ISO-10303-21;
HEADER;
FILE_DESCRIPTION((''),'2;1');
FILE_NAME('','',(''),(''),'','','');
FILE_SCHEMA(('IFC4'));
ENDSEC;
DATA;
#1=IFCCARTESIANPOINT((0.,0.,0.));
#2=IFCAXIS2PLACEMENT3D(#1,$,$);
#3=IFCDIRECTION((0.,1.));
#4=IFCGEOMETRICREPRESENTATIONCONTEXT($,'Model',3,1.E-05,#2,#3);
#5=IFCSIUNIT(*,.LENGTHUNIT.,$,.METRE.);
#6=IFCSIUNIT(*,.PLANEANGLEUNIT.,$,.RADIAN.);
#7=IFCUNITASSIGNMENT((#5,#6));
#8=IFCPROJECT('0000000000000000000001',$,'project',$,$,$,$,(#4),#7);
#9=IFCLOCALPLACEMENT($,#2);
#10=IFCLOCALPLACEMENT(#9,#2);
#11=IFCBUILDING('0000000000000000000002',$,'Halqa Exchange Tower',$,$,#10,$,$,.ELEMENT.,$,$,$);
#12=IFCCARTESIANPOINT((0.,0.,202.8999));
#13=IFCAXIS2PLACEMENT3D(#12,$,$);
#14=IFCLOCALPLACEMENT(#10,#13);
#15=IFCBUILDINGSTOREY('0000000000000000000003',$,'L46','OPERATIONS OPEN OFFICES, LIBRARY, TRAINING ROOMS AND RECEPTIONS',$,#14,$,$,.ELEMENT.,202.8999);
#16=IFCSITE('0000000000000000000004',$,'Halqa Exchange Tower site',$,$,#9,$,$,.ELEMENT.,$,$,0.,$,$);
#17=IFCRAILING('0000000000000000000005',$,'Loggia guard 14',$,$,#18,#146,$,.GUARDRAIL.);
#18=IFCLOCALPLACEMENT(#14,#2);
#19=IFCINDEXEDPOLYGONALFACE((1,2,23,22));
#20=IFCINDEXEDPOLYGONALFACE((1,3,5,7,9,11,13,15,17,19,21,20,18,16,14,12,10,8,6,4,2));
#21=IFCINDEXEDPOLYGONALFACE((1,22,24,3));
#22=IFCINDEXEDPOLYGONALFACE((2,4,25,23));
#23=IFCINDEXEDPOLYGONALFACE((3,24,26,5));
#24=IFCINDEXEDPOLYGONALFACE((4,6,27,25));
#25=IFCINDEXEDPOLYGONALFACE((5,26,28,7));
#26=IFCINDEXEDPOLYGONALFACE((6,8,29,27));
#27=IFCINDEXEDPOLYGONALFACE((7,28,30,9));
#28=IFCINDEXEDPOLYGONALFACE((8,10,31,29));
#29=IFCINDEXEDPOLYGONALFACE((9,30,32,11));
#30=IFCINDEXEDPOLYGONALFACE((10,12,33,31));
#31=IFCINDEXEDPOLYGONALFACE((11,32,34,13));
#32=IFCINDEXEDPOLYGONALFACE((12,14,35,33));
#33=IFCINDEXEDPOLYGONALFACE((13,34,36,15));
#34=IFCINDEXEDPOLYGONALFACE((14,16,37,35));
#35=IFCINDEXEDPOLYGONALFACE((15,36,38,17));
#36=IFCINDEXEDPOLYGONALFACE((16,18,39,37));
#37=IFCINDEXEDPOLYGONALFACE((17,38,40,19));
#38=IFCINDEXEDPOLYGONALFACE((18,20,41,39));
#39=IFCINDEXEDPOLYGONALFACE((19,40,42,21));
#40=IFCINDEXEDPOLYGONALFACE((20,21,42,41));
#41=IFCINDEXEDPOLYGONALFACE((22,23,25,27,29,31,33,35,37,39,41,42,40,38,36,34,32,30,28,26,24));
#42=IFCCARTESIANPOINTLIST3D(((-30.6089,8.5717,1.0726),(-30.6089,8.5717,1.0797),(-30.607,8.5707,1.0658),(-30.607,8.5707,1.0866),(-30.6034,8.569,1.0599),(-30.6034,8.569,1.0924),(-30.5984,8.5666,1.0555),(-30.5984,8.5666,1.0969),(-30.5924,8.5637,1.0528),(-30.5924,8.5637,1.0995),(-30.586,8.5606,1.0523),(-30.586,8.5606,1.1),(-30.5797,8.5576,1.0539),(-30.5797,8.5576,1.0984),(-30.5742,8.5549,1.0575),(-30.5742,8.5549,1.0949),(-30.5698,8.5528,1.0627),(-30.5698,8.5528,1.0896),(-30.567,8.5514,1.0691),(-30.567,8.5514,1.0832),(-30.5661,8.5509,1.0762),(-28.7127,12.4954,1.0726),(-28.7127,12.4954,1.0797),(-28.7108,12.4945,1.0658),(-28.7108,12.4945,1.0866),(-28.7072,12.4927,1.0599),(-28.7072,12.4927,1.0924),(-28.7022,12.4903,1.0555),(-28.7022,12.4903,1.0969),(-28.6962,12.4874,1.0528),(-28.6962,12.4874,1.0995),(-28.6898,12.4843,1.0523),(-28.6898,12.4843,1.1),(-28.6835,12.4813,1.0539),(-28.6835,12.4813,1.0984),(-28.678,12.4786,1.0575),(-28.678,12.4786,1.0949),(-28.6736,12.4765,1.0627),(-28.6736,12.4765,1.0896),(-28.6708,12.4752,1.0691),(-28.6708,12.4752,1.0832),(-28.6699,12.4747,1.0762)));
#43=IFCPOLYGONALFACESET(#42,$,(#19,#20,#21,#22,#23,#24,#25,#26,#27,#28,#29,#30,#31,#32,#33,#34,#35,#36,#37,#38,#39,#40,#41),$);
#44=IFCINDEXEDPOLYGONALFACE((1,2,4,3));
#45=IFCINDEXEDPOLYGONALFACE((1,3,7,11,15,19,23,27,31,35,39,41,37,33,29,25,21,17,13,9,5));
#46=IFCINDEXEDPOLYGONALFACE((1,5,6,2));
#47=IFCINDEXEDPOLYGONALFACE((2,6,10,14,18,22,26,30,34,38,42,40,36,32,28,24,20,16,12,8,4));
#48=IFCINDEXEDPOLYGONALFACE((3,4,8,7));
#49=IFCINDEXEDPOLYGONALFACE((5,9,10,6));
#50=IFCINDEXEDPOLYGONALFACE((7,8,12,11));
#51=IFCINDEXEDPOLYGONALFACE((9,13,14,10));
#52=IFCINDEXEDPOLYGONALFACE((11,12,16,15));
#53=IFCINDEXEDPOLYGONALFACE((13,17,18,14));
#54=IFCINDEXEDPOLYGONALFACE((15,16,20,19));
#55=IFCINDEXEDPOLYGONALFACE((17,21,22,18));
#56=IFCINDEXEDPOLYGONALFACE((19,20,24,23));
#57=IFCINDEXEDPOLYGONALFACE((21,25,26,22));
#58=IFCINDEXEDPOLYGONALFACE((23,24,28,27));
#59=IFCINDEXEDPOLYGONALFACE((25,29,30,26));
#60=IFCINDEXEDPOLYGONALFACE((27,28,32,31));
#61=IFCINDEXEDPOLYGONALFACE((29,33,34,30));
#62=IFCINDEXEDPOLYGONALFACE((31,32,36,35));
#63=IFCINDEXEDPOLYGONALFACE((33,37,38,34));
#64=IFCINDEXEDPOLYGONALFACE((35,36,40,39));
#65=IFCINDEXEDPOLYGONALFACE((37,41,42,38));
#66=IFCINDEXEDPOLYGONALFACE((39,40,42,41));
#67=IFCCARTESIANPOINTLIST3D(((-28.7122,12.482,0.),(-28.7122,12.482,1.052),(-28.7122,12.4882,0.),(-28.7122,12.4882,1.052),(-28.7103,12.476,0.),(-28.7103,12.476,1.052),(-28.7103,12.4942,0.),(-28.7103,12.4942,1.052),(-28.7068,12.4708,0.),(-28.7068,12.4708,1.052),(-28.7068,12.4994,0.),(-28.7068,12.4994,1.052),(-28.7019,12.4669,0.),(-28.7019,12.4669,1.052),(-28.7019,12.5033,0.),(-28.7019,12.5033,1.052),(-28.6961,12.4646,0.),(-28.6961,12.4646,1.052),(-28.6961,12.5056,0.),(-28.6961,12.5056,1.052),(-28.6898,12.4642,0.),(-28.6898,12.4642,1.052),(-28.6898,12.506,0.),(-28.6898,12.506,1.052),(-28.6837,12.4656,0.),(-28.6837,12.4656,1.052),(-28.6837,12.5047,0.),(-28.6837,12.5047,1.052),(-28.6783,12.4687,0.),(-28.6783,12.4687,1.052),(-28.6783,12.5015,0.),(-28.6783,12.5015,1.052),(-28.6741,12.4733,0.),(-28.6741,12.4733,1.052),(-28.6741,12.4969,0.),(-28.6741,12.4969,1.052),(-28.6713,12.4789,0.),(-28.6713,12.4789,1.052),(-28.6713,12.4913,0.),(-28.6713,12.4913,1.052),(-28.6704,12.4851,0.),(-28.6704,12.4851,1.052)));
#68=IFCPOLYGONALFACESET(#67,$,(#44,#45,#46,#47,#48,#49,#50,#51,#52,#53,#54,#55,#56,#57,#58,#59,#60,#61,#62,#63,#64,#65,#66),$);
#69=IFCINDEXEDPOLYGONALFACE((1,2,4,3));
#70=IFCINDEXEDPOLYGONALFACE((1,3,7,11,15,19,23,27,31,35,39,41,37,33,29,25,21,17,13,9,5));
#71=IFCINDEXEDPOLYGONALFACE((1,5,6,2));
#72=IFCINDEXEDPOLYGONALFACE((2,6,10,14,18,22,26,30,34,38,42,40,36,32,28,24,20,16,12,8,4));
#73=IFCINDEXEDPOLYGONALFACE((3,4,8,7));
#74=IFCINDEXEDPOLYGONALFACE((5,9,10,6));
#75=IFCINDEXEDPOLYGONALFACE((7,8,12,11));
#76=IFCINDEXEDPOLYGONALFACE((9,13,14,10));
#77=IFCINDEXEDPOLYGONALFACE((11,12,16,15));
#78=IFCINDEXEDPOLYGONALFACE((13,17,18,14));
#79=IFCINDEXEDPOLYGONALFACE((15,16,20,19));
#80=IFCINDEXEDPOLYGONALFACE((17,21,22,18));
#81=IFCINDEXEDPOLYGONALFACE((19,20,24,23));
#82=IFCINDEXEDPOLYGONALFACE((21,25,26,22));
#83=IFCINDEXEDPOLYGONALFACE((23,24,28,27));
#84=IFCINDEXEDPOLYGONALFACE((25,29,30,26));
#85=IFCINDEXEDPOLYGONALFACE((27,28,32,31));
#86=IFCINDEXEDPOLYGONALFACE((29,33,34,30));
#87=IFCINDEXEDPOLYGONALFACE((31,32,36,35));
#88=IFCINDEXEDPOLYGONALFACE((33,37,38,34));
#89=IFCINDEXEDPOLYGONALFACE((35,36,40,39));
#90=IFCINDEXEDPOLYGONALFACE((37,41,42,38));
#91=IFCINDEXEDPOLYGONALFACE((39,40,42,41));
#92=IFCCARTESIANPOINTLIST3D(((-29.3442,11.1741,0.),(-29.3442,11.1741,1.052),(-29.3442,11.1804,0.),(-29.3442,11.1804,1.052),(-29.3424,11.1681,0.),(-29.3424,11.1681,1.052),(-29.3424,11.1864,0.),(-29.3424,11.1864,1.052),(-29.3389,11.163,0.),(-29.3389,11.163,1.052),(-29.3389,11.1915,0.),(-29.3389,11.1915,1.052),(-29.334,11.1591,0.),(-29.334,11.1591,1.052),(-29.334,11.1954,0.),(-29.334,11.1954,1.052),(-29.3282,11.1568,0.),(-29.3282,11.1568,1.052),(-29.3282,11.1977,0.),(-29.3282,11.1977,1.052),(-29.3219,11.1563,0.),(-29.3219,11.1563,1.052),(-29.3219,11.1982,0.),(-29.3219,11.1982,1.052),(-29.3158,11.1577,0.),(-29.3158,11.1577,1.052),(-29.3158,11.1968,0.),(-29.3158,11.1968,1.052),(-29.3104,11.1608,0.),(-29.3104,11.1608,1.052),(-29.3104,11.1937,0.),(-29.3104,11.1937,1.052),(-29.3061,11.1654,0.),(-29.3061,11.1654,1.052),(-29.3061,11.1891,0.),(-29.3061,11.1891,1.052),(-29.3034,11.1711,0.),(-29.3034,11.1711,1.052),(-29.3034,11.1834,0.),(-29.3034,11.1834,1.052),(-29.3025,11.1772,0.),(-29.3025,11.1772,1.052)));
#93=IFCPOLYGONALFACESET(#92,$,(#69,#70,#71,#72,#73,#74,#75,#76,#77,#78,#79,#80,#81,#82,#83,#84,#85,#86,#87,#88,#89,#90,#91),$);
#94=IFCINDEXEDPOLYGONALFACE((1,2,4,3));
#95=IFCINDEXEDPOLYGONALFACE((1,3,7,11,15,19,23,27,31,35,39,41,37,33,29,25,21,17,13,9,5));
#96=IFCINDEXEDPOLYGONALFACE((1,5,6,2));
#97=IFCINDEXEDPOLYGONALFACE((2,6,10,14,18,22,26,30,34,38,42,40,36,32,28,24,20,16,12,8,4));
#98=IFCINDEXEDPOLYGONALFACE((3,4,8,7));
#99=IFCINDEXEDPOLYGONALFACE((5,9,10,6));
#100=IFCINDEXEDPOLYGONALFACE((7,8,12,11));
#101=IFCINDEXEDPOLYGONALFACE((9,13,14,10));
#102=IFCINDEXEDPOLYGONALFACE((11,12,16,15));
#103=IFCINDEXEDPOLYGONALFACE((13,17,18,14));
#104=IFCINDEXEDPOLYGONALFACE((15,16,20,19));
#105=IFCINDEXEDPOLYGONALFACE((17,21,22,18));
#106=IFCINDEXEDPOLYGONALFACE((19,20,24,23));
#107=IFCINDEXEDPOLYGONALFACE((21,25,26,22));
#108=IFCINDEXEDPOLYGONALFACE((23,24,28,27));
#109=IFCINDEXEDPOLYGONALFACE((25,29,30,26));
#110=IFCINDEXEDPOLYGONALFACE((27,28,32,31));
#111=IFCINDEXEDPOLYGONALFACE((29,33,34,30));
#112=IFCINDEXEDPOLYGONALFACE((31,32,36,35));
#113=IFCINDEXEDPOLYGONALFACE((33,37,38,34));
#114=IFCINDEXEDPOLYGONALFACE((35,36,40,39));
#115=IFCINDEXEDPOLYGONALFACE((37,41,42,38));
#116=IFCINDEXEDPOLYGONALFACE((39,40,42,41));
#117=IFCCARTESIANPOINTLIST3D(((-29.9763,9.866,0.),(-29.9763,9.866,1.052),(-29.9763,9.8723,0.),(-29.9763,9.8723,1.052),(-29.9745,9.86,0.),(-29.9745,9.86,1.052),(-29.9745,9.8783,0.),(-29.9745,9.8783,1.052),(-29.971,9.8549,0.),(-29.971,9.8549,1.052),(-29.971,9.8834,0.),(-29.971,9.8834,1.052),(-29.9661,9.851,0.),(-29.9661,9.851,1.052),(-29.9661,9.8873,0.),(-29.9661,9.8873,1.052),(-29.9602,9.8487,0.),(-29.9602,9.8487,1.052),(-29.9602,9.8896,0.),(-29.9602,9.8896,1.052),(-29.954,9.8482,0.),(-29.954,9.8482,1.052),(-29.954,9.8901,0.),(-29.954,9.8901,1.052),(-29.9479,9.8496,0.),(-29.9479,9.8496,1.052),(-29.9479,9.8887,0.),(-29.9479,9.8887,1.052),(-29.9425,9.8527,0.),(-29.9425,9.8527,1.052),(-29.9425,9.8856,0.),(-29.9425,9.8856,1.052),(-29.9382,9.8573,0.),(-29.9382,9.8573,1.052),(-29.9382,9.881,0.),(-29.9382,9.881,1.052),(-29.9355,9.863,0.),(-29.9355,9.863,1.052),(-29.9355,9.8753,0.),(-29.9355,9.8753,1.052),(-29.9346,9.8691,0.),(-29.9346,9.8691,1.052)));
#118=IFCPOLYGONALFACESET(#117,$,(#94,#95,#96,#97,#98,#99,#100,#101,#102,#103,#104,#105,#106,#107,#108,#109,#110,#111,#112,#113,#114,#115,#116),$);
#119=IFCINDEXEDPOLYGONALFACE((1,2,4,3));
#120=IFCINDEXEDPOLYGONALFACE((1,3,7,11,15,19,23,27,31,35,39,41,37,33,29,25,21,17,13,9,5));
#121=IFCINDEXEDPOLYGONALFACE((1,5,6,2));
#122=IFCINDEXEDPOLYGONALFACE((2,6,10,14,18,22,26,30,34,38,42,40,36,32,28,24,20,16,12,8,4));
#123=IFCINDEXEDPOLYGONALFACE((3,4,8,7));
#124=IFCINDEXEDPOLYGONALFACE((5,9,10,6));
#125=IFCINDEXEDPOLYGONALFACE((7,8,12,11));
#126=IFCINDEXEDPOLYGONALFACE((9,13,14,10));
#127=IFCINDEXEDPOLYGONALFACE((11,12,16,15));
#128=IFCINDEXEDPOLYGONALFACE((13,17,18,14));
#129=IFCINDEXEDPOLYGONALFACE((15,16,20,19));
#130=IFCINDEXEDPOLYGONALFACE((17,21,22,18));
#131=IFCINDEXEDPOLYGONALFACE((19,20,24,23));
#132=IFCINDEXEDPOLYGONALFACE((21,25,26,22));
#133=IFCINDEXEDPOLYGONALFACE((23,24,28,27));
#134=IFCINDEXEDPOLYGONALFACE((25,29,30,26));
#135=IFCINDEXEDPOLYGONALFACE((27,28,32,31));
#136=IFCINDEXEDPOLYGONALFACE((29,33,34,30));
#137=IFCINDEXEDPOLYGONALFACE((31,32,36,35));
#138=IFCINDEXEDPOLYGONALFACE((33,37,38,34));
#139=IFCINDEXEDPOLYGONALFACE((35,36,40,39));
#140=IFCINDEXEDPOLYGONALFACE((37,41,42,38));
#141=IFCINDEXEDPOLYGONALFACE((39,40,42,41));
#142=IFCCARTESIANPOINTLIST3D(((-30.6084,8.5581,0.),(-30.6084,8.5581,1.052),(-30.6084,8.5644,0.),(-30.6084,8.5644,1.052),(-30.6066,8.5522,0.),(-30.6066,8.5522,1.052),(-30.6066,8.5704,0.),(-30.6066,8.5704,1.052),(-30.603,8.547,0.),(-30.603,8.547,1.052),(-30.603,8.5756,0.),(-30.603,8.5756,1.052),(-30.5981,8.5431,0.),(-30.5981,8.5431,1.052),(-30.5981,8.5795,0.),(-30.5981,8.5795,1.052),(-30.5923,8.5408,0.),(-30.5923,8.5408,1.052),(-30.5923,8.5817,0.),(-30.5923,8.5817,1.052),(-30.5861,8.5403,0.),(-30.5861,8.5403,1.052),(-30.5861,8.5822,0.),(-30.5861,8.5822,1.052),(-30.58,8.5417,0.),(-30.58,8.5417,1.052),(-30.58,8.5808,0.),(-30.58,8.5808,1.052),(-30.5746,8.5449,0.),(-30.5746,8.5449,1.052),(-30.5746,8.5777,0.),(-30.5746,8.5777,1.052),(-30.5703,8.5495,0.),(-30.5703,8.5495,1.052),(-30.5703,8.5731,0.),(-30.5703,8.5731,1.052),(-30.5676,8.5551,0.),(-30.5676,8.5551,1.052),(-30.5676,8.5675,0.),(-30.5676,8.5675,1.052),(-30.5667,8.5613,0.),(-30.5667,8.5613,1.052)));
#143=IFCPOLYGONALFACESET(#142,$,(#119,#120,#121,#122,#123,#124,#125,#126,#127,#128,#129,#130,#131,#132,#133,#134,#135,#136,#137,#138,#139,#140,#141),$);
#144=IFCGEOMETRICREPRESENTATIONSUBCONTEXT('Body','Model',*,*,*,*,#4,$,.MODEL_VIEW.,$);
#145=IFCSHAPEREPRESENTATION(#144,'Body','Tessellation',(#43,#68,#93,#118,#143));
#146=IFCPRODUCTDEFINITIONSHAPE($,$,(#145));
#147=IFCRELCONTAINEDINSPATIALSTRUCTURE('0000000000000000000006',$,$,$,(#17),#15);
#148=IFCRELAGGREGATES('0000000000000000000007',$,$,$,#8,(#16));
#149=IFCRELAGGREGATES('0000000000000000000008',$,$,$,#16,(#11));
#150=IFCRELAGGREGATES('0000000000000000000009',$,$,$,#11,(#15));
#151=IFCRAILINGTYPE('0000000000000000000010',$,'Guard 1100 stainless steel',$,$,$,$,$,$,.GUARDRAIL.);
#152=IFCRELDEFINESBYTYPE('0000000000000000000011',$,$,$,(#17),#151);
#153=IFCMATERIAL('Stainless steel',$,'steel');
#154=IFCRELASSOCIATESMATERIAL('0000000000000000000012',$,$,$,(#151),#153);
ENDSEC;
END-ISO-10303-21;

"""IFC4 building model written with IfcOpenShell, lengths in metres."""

from ifc_helpers import new_model, si_unit, direction, frame, origin, origin_2d, place, context, subcontext, project, spatial, circle, extrude, material, type_object, element, save


model = new_model("IFC4")

# Units and contexts
model_context = context("Model", 3, precision=1e-05, world=origin(), true_north=direction((0.0, 1.0)))
body_context = subcontext(model_context, "Body", "Model", "MODEL_VIEW")
ifc_project = project(units=[si_unit("LENGTHUNIT", "METRE"), si_unit("PLANEANGLEUNIT", "RADIAN")], contexts=[model_context])

# Site, building, storey
site_placement = place(None, origin())
site = spatial("IfcSite", under=ifc_project, at=site_placement, Name="Halqa Exchange Tower site", CompositionType="ELEMENT", RefElevation=0.0)
building_placement = place(site_placement, origin())
building = spatial("IfcBuilding", under=site, at=building_placement, Name="Halqa Exchange Tower", CompositionType="ELEMENT")
storey_placement = place(building_placement, frame((0.0, 0.0, 202.8999)))
storey = spatial("IfcBuildingStorey", under=building, at=storey_placement, Name="L46", Description="OPERATIONS OPEN OFFICES, LIBRARY, TRAINING ROOMS AND RECEPTIONS", CompositionType="ELEMENT", Elevation=202.8999)

# Railing
ifc_material_1 = material(Name="Stainless steel", Category="steel")
railing_type = type_object("IfcRailingType", Name="Guard 1100 stainless steel", PredefinedType="GUARDRAIL", material=ifc_material_1)
railing_1_placement = place(storey_placement, frame((-28.6914, 12.4851, 0.0)))
element("IfcRailing", 1, at=railing_1_placement, inside=storey, type_object=railing_type, Name="Loggia guard 14", PredefinedType="GUARDRAIL", context=body_context, shape_type="SweptSolid", body=[
    extrude(circle(Radius=0.0239, at=origin_2d()), frame((0.0, 0.0, 1.0762), z_axis=(-0.435117, -0.900374, 0.0), x_axis=(0.900374, -0.435117, 0.0)), (0.0, 0.0, 1.0), 4.3579),
    extrude(circle(Radius=0.021, at=origin_2d()), origin(), (0.0, 0.0, 1.0), 1.052),
    extrude(circle(Radius=0.021, at=origin_2d()), frame((-0.6321, -1.3079, 0.0)), (0.0, 0.0, 1.0), 1.052),
    extrude(circle(Radius=0.021, at=origin_2d()), frame((-1.2642, -2.616, 0.0)), (0.0, 0.0, 1.0), 1.052),
    extrude(circle(Radius=0.021, at=origin_2d()), frame((-1.8962, -3.9238, 0.0)), (0.0, 0.0, 1.0), 1.052),
])

save(model, "model.ifc")
